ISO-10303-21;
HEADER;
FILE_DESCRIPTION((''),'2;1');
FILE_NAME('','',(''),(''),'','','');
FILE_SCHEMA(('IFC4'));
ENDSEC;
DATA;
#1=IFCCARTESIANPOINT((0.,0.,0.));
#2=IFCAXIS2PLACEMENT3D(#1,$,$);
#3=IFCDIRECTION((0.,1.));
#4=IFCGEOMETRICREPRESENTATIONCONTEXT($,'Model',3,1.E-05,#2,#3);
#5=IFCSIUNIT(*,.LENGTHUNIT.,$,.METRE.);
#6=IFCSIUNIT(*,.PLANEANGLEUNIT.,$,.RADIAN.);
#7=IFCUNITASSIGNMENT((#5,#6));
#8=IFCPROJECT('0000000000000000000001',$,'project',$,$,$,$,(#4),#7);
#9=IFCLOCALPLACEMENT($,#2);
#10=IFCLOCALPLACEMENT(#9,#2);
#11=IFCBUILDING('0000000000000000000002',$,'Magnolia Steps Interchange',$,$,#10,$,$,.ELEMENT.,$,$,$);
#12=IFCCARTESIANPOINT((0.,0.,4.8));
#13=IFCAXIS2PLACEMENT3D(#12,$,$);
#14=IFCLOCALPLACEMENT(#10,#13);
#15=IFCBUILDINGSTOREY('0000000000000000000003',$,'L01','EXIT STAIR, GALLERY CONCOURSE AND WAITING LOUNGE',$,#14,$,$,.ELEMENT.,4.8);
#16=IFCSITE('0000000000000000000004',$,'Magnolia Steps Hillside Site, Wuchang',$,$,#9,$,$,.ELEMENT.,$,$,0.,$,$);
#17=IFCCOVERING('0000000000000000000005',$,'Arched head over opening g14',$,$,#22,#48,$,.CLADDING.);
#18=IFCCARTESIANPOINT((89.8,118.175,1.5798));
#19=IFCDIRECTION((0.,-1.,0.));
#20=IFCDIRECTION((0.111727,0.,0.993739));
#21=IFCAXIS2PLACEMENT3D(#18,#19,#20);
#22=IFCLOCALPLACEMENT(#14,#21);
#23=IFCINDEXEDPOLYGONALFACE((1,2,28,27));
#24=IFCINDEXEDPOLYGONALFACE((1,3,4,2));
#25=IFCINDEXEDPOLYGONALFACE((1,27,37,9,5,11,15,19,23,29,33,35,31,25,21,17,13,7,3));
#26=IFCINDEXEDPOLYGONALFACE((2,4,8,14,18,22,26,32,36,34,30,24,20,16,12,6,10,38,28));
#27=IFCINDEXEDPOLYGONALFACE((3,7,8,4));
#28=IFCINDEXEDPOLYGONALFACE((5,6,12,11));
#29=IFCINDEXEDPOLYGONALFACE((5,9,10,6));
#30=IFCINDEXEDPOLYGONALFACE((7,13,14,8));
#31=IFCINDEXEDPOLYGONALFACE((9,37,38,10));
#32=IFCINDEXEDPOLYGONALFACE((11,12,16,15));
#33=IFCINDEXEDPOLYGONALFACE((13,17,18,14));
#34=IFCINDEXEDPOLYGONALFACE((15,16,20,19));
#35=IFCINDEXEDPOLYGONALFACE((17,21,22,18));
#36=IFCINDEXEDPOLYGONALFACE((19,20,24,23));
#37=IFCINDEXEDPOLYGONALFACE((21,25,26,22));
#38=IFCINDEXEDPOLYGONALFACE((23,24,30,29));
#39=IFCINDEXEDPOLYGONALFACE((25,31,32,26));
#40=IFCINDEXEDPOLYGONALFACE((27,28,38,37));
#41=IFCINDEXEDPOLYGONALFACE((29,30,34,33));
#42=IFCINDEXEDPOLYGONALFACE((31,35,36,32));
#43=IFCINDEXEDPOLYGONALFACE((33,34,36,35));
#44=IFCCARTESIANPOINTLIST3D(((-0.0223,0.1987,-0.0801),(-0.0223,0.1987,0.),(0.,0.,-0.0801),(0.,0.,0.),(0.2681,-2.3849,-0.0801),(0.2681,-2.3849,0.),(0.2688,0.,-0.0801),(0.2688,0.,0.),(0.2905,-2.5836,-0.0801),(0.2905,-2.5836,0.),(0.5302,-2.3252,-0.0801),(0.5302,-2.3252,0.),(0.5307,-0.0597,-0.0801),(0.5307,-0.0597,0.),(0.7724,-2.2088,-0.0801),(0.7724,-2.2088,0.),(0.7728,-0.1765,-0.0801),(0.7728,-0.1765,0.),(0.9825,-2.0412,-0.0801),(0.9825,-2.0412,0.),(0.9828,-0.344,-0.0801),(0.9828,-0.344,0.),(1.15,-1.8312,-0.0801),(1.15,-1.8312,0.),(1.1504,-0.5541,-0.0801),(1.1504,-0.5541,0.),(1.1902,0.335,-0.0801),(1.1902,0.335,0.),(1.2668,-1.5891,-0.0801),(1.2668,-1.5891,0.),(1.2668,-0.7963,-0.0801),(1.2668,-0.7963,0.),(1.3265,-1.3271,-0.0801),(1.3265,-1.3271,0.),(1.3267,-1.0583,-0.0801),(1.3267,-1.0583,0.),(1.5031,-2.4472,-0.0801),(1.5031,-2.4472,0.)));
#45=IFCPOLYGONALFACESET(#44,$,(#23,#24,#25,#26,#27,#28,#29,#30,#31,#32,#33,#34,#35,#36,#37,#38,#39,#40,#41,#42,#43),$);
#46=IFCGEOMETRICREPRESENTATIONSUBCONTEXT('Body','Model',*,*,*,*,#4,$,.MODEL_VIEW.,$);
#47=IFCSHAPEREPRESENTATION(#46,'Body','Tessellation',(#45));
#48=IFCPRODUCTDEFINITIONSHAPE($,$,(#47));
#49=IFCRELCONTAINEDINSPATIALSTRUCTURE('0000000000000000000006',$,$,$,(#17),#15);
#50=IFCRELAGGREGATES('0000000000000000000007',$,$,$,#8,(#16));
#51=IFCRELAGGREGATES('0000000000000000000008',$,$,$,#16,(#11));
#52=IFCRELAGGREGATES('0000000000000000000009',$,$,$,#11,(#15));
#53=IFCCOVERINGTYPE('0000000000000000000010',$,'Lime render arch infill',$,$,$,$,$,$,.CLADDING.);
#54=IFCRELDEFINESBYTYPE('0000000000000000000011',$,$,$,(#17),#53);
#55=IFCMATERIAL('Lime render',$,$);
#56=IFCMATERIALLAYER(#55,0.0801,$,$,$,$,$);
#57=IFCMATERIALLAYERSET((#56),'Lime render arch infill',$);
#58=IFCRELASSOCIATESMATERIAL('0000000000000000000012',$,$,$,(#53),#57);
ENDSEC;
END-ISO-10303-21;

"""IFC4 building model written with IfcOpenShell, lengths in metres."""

from ifc_helpers import new_model, si_unit, direction, frame, origin, place, context, subcontext, project, spatial, polyline, outline, extrude, material, layer, layer_set, type_object, element, save


model = new_model("IFC4")

# Units and contexts
model_context = context("Model", 3, precision=1e-05, world=origin(), true_north=direction((0.0, 1.0)))
body_context = subcontext(model_context, "Body", "Model", "MODEL_VIEW")
ifc_project = project(units=[si_unit("LENGTHUNIT", "METRE"), si_unit("PLANEANGLEUNIT", "RADIAN")], contexts=[model_context])

# Site, building, storey
site_placement = place(None, origin())
site = spatial("IfcSite", under=ifc_project, at=site_placement, Name="Magnolia Steps Hillside Site, Wuchang", CompositionType="ELEMENT", RefElevation=0.0)
building_placement = place(site_placement, origin())
building = spatial("IfcBuilding", under=site, at=building_placement, Name="Magnolia Steps Interchange", CompositionType="ELEMENT")
storey_placement = place(building_placement, frame((0.0, 0.0, 4.8)))
storey = spatial("IfcBuildingStorey", under=building, at=storey_placement, Name="L01", Description="EXIT STAIR, GALLERY CONCOURSE AND WAITING LOUNGE", CompositionType="ELEMENT", Elevation=4.8)

# Covering
ifc_material_1 = material(Name="Lime render")
ifc_layer_1 = layer(ifc_material_1, 0.0801)
ifc_layer_set_1 = layer_set([ifc_layer_1], Name="Lime render arch infill")
covering_type_1 = type_object("IfcCoveringType", Name="Lime render arch infill", PredefinedType="CLADDING", material=ifc_layer_set_1)
covering_1_placement = place(storey_placement, frame((89.8, 118.175, 1.5798), z_axis=(0.0, -1.0, 0.0), x_axis=(0.111727, 0.0, 0.993739)))
element("IfcCovering", 1, at=covering_1_placement, inside=storey, type_object=covering_type_1, Name="Arched head over opening g14", PredefinedType="CLADDING", context=body_context, shape_type="SweptSolid", body=[
    extrude(outline(polyline([(0.0, 0.0), (0.2688, 0.0), (0.5307, -0.0597), (0.7728, -0.1765), (0.9828, -0.344), (1.1504, -0.5541), (1.2668, -0.7963), (1.3267, -1.0583), (1.3265, -1.3271), (1.2668, -1.5891), (1.15, -1.8312), (0.9825, -2.0412), (0.7724, -2.2088), (0.5302, -2.3252), (0.2681, -2.3849), (0.2905, -2.5836), (1.5031, -2.4472), (1.1902, 0.335), (-0.0223, 0.1987), (0.0, 0.0)])), origin(), (0.0, 0.0, -1.0), 0.0801),
])

save(model, "model.ifc")
